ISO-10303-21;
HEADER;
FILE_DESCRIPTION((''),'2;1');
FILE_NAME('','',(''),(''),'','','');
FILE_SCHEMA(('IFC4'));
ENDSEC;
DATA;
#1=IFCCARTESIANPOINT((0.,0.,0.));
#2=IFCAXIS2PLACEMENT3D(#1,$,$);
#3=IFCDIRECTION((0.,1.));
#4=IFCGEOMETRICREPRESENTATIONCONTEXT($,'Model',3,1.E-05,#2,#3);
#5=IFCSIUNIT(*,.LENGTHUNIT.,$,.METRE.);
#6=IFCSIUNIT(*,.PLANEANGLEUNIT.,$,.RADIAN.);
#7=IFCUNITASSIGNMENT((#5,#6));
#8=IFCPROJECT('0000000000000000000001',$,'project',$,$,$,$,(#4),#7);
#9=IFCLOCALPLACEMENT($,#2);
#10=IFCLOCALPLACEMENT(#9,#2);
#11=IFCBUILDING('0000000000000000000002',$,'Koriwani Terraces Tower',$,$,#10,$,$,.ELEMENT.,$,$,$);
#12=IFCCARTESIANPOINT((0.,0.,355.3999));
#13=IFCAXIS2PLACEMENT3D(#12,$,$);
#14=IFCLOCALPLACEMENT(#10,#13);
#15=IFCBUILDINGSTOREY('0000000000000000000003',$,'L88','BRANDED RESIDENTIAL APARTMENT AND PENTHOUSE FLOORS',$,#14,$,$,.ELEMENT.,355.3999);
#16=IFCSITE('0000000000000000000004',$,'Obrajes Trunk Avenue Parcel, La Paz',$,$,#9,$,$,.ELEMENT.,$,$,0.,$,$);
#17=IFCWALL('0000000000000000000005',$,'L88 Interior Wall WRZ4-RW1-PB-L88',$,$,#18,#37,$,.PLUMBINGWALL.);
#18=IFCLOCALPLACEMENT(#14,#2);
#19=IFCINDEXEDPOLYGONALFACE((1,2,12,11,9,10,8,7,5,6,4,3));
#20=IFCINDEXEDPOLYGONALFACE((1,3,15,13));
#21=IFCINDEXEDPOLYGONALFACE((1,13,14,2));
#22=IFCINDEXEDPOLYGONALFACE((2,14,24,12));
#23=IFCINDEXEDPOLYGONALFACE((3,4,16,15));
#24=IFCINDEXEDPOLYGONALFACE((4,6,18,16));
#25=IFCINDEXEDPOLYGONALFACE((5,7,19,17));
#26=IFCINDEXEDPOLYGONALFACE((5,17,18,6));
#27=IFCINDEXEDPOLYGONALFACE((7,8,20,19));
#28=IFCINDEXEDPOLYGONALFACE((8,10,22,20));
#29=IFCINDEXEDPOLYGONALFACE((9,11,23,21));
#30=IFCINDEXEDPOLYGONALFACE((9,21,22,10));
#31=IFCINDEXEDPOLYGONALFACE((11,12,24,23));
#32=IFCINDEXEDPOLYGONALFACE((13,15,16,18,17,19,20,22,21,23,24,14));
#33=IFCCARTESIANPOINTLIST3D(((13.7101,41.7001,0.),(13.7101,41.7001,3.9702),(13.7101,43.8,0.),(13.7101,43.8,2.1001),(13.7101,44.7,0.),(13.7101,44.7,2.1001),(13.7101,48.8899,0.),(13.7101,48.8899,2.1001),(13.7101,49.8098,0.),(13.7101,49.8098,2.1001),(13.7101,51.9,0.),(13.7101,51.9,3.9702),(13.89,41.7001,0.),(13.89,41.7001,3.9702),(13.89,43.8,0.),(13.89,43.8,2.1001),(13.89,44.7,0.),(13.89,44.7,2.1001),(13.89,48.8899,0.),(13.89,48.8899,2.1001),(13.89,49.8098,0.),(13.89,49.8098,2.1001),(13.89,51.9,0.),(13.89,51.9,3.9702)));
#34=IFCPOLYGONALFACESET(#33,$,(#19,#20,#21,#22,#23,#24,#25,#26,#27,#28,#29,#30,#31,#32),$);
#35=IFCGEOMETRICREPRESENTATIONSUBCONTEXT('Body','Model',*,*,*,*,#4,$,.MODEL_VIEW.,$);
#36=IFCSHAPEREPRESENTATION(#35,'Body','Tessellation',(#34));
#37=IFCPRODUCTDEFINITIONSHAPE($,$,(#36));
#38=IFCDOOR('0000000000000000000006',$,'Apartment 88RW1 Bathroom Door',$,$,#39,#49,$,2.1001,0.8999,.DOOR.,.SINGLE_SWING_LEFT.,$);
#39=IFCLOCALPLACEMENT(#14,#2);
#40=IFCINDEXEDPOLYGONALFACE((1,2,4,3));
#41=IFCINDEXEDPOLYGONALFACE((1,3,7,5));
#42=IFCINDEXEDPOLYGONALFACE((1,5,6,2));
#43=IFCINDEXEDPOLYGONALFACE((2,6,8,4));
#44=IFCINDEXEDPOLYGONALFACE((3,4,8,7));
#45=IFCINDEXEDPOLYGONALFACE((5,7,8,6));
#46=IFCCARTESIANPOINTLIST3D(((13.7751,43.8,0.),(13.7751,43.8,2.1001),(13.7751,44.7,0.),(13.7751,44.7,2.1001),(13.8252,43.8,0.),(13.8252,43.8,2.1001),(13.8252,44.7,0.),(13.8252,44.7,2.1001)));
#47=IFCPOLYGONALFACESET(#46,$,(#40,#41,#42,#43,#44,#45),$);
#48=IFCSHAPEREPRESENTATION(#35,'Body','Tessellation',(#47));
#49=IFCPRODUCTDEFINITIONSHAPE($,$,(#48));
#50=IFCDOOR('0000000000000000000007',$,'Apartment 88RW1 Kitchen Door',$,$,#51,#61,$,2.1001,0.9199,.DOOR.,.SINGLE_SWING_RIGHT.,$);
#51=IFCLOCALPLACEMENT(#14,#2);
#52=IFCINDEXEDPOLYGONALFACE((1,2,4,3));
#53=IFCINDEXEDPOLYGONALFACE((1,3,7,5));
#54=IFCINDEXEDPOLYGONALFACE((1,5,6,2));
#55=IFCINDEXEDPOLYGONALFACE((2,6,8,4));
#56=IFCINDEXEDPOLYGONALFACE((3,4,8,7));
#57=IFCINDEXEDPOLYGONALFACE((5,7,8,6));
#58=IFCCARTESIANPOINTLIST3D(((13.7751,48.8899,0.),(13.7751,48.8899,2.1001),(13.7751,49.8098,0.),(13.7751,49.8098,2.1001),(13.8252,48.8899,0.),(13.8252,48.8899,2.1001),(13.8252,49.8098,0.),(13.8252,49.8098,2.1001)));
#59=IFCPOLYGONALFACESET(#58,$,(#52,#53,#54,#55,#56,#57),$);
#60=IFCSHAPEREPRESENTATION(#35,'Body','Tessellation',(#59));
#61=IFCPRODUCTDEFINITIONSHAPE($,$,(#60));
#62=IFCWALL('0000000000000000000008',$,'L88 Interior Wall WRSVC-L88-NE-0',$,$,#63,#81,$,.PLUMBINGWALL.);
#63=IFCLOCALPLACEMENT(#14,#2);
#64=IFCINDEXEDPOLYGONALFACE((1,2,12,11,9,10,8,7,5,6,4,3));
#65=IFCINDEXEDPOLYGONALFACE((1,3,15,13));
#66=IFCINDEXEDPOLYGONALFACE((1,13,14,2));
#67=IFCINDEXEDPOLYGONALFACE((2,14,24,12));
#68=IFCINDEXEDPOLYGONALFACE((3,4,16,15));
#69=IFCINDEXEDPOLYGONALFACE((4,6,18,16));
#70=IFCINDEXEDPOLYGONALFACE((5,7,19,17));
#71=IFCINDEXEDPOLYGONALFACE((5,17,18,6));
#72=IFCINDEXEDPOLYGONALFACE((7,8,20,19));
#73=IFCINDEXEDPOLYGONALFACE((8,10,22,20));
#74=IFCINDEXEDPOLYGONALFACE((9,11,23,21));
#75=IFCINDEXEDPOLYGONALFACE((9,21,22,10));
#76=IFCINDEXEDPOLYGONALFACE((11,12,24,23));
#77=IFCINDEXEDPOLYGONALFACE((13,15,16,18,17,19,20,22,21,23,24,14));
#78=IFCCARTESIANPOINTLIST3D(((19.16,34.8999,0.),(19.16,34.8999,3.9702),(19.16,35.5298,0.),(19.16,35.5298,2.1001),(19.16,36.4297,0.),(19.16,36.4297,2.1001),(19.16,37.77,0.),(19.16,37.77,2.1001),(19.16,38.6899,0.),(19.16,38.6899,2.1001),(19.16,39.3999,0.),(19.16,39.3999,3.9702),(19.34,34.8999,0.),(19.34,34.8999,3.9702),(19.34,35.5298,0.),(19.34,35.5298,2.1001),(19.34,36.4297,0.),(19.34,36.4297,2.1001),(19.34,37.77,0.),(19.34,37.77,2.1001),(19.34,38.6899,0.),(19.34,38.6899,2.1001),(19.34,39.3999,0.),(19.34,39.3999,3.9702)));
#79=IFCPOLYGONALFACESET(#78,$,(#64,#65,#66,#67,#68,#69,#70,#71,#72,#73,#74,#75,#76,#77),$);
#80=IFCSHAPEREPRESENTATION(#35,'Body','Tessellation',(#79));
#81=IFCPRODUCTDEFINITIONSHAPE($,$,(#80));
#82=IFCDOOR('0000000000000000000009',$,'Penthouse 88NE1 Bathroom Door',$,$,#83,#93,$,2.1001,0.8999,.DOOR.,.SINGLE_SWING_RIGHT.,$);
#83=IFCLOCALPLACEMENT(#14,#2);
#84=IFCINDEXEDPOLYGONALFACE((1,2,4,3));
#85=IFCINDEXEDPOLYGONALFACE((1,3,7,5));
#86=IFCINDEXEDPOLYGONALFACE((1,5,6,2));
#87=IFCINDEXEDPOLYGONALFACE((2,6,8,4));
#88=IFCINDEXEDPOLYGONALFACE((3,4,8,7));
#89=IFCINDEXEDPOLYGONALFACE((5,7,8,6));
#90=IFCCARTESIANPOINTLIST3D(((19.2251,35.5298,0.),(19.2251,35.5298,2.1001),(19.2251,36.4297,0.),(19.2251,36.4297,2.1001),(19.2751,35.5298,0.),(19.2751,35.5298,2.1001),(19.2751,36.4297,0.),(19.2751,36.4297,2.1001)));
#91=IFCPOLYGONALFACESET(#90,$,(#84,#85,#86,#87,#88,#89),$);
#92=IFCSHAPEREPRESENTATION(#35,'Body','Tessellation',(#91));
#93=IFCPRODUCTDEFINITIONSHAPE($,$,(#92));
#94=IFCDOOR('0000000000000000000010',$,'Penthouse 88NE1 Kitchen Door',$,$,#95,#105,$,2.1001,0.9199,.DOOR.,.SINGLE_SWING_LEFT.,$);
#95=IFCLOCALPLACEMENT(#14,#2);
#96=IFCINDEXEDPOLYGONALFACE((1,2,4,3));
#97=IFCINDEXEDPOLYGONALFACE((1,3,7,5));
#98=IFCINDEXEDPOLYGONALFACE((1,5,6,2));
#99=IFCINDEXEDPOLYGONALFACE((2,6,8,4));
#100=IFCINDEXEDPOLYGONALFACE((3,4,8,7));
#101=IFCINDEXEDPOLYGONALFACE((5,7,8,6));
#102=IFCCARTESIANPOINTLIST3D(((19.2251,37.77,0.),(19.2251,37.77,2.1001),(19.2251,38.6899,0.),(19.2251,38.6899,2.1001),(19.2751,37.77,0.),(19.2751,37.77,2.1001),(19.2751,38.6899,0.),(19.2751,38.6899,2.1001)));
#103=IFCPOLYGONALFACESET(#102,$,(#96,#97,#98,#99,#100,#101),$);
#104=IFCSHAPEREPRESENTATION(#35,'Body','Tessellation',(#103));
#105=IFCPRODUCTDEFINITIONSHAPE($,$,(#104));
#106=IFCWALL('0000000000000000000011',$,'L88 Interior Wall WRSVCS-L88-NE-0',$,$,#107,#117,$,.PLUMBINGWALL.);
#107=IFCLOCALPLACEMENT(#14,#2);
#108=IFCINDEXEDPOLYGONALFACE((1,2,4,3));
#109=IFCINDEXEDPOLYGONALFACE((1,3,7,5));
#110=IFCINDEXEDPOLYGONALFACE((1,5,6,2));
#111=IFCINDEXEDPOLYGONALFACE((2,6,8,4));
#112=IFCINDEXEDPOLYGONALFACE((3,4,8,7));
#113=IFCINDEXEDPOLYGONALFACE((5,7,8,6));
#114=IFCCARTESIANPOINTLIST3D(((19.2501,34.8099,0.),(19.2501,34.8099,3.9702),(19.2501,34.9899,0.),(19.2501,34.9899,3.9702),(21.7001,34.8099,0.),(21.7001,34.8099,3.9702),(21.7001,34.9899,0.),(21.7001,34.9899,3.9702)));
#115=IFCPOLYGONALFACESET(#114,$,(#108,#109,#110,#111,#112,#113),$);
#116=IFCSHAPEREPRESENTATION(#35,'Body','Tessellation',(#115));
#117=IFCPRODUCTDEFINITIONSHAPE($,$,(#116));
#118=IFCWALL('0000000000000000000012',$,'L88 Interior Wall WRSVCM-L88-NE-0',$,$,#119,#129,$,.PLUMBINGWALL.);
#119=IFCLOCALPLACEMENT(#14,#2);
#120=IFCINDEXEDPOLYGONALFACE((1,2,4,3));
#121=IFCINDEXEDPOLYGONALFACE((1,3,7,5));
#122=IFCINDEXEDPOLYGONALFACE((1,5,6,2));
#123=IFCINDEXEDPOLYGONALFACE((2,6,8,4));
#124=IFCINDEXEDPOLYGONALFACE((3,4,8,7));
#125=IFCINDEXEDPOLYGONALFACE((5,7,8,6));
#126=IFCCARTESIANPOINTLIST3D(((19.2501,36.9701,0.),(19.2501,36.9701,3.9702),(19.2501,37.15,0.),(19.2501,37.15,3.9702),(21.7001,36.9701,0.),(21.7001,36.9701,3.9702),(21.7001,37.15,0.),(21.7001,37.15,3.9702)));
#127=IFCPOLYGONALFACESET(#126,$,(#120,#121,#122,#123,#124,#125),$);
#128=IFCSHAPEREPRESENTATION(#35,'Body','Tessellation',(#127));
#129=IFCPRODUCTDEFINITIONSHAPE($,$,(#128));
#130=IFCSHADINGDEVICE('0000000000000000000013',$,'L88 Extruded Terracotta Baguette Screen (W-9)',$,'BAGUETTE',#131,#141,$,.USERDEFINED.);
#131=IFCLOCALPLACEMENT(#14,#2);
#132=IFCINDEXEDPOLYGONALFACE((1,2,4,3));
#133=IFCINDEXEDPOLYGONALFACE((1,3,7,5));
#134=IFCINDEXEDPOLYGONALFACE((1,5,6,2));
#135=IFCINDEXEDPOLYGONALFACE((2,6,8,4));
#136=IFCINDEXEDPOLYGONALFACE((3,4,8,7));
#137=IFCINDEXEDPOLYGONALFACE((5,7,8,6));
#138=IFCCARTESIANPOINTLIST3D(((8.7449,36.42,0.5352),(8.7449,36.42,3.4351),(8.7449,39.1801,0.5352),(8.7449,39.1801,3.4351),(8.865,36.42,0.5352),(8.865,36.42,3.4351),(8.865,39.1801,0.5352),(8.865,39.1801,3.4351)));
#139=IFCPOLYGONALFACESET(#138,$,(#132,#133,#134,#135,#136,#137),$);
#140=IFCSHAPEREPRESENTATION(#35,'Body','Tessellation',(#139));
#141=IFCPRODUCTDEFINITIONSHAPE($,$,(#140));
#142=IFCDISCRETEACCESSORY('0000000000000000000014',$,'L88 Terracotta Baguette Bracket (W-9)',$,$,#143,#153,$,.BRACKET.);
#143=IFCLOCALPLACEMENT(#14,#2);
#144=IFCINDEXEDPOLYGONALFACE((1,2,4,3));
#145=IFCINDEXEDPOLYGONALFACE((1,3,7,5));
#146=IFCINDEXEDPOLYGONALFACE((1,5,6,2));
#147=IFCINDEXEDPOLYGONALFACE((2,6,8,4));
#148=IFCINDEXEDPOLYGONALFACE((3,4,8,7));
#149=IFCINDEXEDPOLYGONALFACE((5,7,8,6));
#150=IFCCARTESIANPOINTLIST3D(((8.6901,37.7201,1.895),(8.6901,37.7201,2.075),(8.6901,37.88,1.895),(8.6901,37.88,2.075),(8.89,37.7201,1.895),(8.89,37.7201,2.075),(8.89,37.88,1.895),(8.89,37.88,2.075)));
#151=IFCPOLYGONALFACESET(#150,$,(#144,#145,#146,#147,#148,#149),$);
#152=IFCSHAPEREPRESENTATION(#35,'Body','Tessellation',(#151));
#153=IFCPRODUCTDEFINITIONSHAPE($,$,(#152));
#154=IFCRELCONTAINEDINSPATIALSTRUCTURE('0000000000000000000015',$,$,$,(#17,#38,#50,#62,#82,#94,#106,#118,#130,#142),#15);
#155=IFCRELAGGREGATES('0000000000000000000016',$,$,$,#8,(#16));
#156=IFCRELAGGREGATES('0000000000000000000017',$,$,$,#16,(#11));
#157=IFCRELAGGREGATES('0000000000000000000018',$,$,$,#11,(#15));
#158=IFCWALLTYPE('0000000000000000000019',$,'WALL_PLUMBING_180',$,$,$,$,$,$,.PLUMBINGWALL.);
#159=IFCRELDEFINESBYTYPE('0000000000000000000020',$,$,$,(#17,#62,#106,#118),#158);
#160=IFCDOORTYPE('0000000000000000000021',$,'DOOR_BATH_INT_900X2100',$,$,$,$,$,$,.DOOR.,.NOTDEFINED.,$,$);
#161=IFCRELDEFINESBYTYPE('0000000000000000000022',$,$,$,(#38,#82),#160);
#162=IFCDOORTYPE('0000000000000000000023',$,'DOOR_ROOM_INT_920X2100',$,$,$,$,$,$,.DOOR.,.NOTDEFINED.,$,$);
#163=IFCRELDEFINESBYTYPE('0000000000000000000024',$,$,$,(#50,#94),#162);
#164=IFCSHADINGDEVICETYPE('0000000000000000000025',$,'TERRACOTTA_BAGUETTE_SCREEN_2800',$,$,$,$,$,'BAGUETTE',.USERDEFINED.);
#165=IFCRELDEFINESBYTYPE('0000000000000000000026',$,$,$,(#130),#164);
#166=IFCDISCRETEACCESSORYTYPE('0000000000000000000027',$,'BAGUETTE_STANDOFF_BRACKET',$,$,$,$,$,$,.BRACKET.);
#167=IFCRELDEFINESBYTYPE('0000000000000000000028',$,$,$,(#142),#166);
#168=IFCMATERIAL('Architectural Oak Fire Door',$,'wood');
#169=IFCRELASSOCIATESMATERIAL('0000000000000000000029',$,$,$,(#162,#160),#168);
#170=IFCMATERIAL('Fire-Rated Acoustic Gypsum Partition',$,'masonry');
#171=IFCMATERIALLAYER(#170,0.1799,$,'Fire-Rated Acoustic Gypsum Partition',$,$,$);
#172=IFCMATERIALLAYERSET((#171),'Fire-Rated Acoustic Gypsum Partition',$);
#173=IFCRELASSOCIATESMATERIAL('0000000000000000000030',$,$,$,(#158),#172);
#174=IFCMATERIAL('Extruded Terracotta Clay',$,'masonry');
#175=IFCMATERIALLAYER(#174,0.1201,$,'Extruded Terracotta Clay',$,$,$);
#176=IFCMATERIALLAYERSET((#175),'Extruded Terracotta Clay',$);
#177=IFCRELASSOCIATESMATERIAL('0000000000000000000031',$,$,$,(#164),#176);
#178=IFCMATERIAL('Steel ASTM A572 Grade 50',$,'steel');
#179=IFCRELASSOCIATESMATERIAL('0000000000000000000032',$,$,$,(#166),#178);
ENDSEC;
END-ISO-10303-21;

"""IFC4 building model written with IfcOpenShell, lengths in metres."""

from ifc_helpers import new_model, si_unit, direction, frame, frame_2d, origin, origin_2d, place, context, subcontext, project, spatial, rectangle, extrude, material, layer, layer_set, type_object, element, fill, save


model = new_model("IFC4")

# Units and contexts
model_context = context("Model", 3, precision=1e-05, world=origin(), true_north=direction((0.0, 1.0)))
body_context = subcontext(model_context, "Body", "Model", "MODEL_VIEW")
ifc_project = project(units=[si_unit("LENGTHUNIT", "METRE"), si_unit("PLANEANGLEUNIT", "RADIAN")], contexts=[model_context])

# Site, building, storey
site_placement = place(None, origin())
site = spatial("IfcSite", under=ifc_project, at=site_placement, Name="Obrajes Trunk Avenue Parcel, La Paz", CompositionType="ELEMENT", RefElevation=0.0)
building_placement = place(site_placement, origin())
building = spatial("IfcBuilding", under=site, at=building_placement, Name="Koriwani Terraces Tower", CompositionType="ELEMENT")
storey_placement = place(building_placement, frame((0.0, 0.0, 355.3999)))
storey = spatial("IfcBuildingStorey", under=building, at=storey_placement, Name="L88", Description="BRANDED RESIDENTIAL APARTMENT AND PENTHOUSE FLOORS", CompositionType="ELEMENT", Elevation=355.3999)

# Shared definitions
ifc_material_1 = material(Name="Steel ASTM A572 Grade 50", Category="steel")

# Shared definitions
ifc_material_2 = material(Name="Architectural Oak Fire Door", Category="wood")

# Shared definitions
ifc_material_3 = material(Name="Fire-Rated Acoustic Gypsum Partition", Category="masonry")
door_type_1 = type_object("IfcDoorType", Name="DOOR_ROOM_INT_920X2100", OperationType="NOTDEFINED", PredefinedType="DOOR", material=ifc_material_2)

# Walls, openings, doors
ifc_layer_1 = layer(ifc_material_3, 0.1799, Name="Fire-Rated Acoustic Gypsum Partition")
ifc_layer_set_1 = layer_set([ifc_layer_1], Name="Fire-Rated Acoustic Gypsum Partition")
wall_type_1 = type_object("IfcWallType", Name="WALL_PLUMBING_180", PredefinedType="PLUMBINGWALL", material=ifc_layer_set_1)
wall_1_placement = place(storey_placement, frame((13.8, 41.7, 0.0), z_axis=(0.0, 0.0, 1.0), x_axis=(0.0, 1.0, 0.0)))
wall_1 = element("IfcWall", 1, at=wall_1_placement, inside=storey, type_object=wall_type_1, Name="L88 Interior Wall WRZ4-RW1-PB-L88", PredefinedType="PLUMBINGWALL", context=body_context, shape_type="SweptSolid", body=[
    extrude(rectangle(XDim=10.2, YDim=0.1799, at=frame_2d((5.1001, 0.0))), origin(), (0.0, 0.0, 1.0), 3.9702),
])
opening_1_placement = place(wall_1_placement, frame((2.1001, 0.0, 0.0)))
opening_1 = element("IfcOpeningElement", 2, at=opening_1_placement, cuts=wall_1, PredefinedType="OPENING", context=body_context, shape_type="SweptSolid", body=[
    extrude(rectangle(XDim=0.8999, YDim=2.1001, at=frame_2d((0.45, 1.05))), frame((0.0, 0.1001, 0.0), z_axis=(0.0, -1.0, 0.0), x_axis=(1.0, 0.0, 0.0)), (0.0, 0.0, 1.0), 0.2),
])
opening_2_placement = place(wall_1_placement, frame((7.1899, 0.0, 0.0)))
opening_2 = element("IfcOpeningElement", 3, at=opening_2_placement, cuts=wall_1, PredefinedType="OPENING", context=body_context, shape_type="SweptSolid", body=[
    extrude(rectangle(XDim=0.9199, YDim=2.1001, at=frame_2d((0.46, 1.05))), frame((0.0, 0.1001, 0.0), z_axis=(0.0, -1.0, 0.0), x_axis=(1.0, 0.0, 0.0)), (0.0, 0.0, 1.0), 0.2),
])
door_type_2 = type_object("IfcDoorType", Name="DOOR_BATH_INT_900X2100", OperationType="NOTDEFINED", PredefinedType="DOOR", material=ifc_material_2)
door_1_placement = place(opening_1_placement, origin())
door_1 = element("IfcDoor", 4, at=door_1_placement, inside=storey, type_object=door_type_2, Name="Apartment 88RW1 Bathroom Door", OperationType="SINGLE_SWING_LEFT", OverallHeight=2.1001, OverallWidth=0.8999, PredefinedType="DOOR", context=body_context, shape_type="SweptSolid", body=[
    extrude(rectangle(XDim=0.8999, YDim=2.1001, at=frame_2d((0.45, 1.05))), frame((0.0, 0.0249, 0.0), z_axis=(0.0, -1.0, 0.0), x_axis=(1.0, 0.0, 0.0)), (0.0, 0.0, 1.0), 0.05),
])
fill(opening_1, door_1)
door_2_placement = place(opening_2_placement, origin())
door_2 = element("IfcDoor", 5, at=door_2_placement, inside=storey, type_object=door_type_1, Name="Apartment 88RW1 Kitchen Door", OperationType="SINGLE_SWING_RIGHT", OverallHeight=2.1001, OverallWidth=0.9199, PredefinedType="DOOR", context=body_context, shape_type="SweptSolid", body=[
    extrude(rectangle(XDim=0.9199, YDim=2.1001, at=frame_2d((0.46, 1.05))), frame((0.0, 0.0249, 0.0), z_axis=(0.0, -1.0, 0.0), x_axis=(1.0, 0.0, 0.0)), (0.0, 0.0, 1.0), 0.05),
])
fill(opening_2, door_2)
wall_2_placement = place(storey_placement, frame((19.25, 34.8999, 0.0), z_axis=(0.0, 0.0, 1.0), x_axis=(0.0, 1.0, 0.0)))
wall_2 = element("IfcWall", 6, at=wall_2_placement, inside=storey, type_object=wall_type_1, Name="L88 Interior Wall WRSVC-L88-NE-0", PredefinedType="PLUMBINGWALL", context=body_context, shape_type="SweptSolid", body=[
    extrude(rectangle(XDim=4.5, YDim=0.1799, at=frame_2d((2.25, 0.0))), origin(), (0.0, 0.0, 1.0), 3.9702),
])
opening_3_placement = place(wall_2_placement, frame((0.6299, 0.0, 0.0)))
opening_3 = element("IfcOpeningElement", 7, at=opening_3_placement, cuts=wall_2, PredefinedType="OPENING", context=body_context, shape_type="SweptSolid", body=[
    extrude(rectangle(XDim=0.8999, YDim=2.1001, at=frame_2d((0.45, 1.05))), frame((0.0, 0.1001, 0.0), z_axis=(0.0, -1.0, 0.0), x_axis=(1.0, 0.0, 0.0)), (0.0, 0.0, 1.0), 0.2),
])
opening_4_placement = place(wall_2_placement, frame((2.8701, 0.0, 0.0)))
opening_4 = element("IfcOpeningElement", 8, at=opening_4_placement, cuts=wall_2, PredefinedType="OPENING", context=body_context, shape_type="SweptSolid", body=[
    extrude(rectangle(XDim=0.9199, YDim=2.1001, at=frame_2d((0.46, 1.05))), frame((0.0, 0.1001, 0.0), z_axis=(0.0, -1.0, 0.0), x_axis=(1.0, 0.0, 0.0)), (0.0, 0.0, 1.0), 0.2),
])
door_3_placement = place(opening_3_placement, origin())
door_3 = element("IfcDoor", 9, at=door_3_placement, inside=storey, type_object=door_type_2, Name="Penthouse 88NE1 Bathroom Door", OperationType="SINGLE_SWING_RIGHT", OverallHeight=2.1001, OverallWidth=0.8999, PredefinedType="DOOR", context=body_context, shape_type="SweptSolid", body=[
    extrude(rectangle(XDim=0.8999, YDim=2.1001, at=frame_2d((0.45, 1.05))), frame((0.0, 0.0249, 0.0), z_axis=(0.0, -1.0, 0.0), x_axis=(1.0, 0.0, 0.0)), (0.0, 0.0, 1.0), 0.05),
])
fill(opening_3, door_3)
door_4_placement = place(opening_4_placement, origin())
door_4 = element("IfcDoor", 10, at=door_4_placement, inside=storey, type_object=door_type_1, Name="Penthouse 88NE1 Kitchen Door", OperationType="SINGLE_SWING_LEFT", OverallHeight=2.1001, OverallWidth=0.9199, PredefinedType="DOOR", context=body_context, shape_type="SweptSolid", body=[
    extrude(rectangle(XDim=0.9199, YDim=2.1001, at=frame_2d((0.46, 1.05))), frame((0.0, 0.0249, 0.0), z_axis=(0.0, -1.0, 0.0), x_axis=(1.0, 0.0, 0.0)), (0.0, 0.0, 1.0), 0.05),
])
fill(opening_4, door_4)

# Walls
for number, where, z_axis, x_axis, name in (
    (11, (19.25, 34.8999, 0.0), (0.0, 0.0, 1.0), (1.0, 0.0, 0.0), "L88 Interior Wall WRSVCS-L88-NE-0"),
    (12, (19.25, 37.0601, 0.0), (0.0, 0.0, 1.0), (1.0, 0.0, 0.0), "L88 Interior Wall WRSVCM-L88-NE-0"),
):
    element("IfcWall", number, at=place(storey_placement, frame(where, z_axis=z_axis, x_axis=x_axis)), inside=storey, type_object=wall_type_1, Name=name, PredefinedType="PLUMBINGWALL", context=body_context, shape_type="SweptSolid", body=[
        extrude(rectangle(XDim=2.45, YDim=0.1799, at=frame_2d((1.2251, 0.0))), origin(), (0.0, 0.0, 1.0), 3.9702),
    ])

# Shading device
ifc_material_4 = material(Name="Extruded Terracotta Clay", Category="masonry")
ifc_layer_2 = layer(ifc_material_4, 0.1201, Name="Extruded Terracotta Clay")
ifc_layer_set_2 = layer_set([ifc_layer_2], Name="Extruded Terracotta Clay")
shading_device_type = type_object("IfcShadingDeviceType", Name="TERRACOTTA_BAGUETTE_SCREEN_2800", ElementType="BAGUETTE", PredefinedType="USERDEFINED", material=ifc_layer_set_2)
shading_device_placement = place(storey_placement, frame((8.8049, 37.8, 0.5352), z_axis=(0.0, 0.0, 1.0), x_axis=(0.0, 1.0, 0.0)))
element("IfcShadingDevice", 13, at=shading_device_placement, inside=storey, type_object=shading_device_type, Name="L88 Extruded Terracotta Baguette Screen (W-9)", ObjectType="BAGUETTE", PredefinedType="USERDEFINED", context=body_context, shape_type="SweptSolid", body=[
    extrude(rectangle(XDim=2.76, YDim=0.1201, at=origin_2d()), origin(), (0.0, 0.0, 1.0), 2.8999),
])

# Discrete accessory
discrete_accessory_type = type_object("IfcDiscreteAccessoryType", Name="BAGUETTE_STANDOFF_BRACKET", PredefinedType="BRACKET", material=ifc_material_1)
discrete_accessory_placement = place(storey_placement, frame((8.79, 37.8, 1.895), z_axis=(0.0, 0.0, 1.0), x_axis=(0.0, 1.0, 0.0)))
element("IfcDiscreteAccessory", 14, at=discrete_accessory_placement, inside=storey, type_object=discrete_accessory_type, Name="L88 Terracotta Baguette Bracket (W-9)", PredefinedType="BRACKET", context=body_context, shape_type="SweptSolid", body=[
    extrude(rectangle(XDim=0.1599, YDim=0.2, at=origin_2d()), origin(), (0.0, 0.0, 1.0), 0.1799),
])

save(model, "model.ifc")
